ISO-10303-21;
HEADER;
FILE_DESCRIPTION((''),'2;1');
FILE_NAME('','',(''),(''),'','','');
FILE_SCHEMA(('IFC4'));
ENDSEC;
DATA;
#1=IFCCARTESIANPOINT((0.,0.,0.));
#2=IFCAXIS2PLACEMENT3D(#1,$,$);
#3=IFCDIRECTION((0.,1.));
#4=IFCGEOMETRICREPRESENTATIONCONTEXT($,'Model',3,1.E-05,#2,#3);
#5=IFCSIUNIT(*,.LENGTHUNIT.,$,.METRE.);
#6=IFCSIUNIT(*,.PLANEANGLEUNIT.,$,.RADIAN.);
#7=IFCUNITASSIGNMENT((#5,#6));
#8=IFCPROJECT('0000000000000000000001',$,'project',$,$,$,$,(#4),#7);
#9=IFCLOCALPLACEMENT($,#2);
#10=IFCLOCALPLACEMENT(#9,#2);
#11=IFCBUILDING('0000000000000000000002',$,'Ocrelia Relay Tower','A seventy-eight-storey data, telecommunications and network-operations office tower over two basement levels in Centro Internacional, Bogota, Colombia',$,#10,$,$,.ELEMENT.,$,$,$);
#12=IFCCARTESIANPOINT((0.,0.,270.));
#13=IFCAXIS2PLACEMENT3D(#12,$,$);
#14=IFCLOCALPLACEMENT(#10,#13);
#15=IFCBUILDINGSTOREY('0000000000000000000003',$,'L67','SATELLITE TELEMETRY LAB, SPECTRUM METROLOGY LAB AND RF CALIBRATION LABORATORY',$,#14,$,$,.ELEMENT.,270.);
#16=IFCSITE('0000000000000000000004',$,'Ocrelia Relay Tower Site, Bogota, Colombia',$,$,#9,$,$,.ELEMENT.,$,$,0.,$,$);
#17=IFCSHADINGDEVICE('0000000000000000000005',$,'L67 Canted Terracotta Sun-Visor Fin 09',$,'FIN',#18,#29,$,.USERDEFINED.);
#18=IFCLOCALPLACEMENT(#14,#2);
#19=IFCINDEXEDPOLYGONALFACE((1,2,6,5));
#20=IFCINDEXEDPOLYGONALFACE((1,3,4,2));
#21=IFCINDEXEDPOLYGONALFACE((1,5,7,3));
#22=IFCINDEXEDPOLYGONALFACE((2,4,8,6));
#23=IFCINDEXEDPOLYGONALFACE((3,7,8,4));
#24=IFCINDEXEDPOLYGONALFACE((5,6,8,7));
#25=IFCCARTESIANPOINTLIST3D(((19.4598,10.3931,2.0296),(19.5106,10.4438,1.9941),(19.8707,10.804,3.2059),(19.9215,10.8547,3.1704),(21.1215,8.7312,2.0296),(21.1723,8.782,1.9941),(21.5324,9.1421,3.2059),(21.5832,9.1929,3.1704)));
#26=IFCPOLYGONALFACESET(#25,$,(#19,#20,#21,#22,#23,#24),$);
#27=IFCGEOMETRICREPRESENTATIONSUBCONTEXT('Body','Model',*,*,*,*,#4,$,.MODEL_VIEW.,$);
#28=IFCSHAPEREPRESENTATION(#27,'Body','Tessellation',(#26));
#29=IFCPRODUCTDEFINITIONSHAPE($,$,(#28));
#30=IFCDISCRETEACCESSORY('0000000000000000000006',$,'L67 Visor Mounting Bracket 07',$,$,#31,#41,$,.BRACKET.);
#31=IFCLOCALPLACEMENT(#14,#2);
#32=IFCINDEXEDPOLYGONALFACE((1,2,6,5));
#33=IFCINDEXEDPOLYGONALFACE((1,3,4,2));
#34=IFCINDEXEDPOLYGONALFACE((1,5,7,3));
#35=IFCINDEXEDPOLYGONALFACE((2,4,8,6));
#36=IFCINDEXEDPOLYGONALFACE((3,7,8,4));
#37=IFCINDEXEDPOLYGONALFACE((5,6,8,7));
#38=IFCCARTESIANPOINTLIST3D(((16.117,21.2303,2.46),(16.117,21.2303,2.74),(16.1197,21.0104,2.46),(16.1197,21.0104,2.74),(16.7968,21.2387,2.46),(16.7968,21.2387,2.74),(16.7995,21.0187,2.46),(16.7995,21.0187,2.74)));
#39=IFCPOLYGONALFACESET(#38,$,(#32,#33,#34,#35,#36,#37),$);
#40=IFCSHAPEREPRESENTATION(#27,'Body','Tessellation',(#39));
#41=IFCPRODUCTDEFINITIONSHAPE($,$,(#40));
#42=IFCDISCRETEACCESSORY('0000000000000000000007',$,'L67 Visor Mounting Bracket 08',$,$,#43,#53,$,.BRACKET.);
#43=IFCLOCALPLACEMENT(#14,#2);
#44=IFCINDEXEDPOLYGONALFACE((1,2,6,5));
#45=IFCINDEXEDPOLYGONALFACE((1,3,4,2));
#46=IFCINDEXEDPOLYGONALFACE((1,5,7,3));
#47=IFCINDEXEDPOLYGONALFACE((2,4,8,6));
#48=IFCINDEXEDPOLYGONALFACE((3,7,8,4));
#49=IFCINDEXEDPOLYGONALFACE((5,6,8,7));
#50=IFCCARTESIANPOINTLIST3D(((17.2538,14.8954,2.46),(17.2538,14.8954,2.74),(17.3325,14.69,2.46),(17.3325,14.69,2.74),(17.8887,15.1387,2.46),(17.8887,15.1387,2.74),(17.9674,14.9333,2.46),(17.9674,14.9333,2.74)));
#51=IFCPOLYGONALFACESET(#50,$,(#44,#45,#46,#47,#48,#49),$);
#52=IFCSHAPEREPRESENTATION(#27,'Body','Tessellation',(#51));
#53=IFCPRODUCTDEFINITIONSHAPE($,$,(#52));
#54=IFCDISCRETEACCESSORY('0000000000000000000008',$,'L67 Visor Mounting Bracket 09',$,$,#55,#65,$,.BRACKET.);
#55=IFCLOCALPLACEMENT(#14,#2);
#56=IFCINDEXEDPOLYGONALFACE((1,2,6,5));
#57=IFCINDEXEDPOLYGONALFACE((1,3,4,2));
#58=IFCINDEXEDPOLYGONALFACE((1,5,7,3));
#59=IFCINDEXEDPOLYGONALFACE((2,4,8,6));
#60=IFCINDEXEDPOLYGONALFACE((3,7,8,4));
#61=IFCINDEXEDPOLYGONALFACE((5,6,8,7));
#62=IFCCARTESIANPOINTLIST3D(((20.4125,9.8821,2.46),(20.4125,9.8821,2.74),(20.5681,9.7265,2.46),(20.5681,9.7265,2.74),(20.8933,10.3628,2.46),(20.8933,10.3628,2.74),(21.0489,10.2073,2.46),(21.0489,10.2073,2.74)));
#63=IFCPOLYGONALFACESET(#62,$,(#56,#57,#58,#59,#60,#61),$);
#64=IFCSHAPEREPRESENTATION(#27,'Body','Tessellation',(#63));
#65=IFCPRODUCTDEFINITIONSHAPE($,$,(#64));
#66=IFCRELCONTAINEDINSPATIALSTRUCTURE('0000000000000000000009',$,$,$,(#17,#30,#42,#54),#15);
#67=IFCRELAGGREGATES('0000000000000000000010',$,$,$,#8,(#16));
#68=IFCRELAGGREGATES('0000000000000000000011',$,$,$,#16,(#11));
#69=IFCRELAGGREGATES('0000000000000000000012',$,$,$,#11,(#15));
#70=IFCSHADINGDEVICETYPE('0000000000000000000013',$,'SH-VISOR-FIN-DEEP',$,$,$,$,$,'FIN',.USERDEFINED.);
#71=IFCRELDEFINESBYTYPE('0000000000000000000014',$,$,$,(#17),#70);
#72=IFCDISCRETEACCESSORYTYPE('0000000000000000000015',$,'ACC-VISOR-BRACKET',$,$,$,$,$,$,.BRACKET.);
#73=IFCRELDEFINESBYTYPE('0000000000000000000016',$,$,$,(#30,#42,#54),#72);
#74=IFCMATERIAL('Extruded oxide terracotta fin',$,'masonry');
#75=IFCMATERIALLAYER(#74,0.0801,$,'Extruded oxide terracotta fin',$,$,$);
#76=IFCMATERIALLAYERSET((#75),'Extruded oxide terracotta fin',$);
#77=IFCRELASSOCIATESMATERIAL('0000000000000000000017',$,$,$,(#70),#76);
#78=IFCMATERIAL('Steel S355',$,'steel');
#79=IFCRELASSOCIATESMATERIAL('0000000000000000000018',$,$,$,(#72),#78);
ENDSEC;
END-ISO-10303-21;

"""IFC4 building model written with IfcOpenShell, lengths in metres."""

from ifc_helpers import new_model, si_unit, direction, frame, origin, origin_2d, place, context, subcontext, project, spatial, rectangle, extrude, material, layer, layer_set, type_object, element, save


model = new_model("IFC4")

# Units and contexts
model_context = context("Model", 3, precision=1e-05, world=origin(), true_north=direction((0.0, 1.0)))
body_context = subcontext(model_context, "Body", "Model", "MODEL_VIEW")
ifc_project = project(units=[si_unit("LENGTHUNIT", "METRE"), si_unit("PLANEANGLEUNIT", "RADIAN")], contexts=[model_context])

# Site, building, storey
site_placement = place(None, origin())
site = spatial("IfcSite", under=ifc_project, at=site_placement, Name="Ocrelia Relay Tower Site, Bogota, Colombia", CompositionType="ELEMENT", RefElevation=0.0)
building_placement = place(site_placement, origin())
building = spatial("IfcBuilding", under=site, at=building_placement, Name="Ocrelia Relay Tower", Description="A seventy-eight-storey data, telecommunications and network-operations office tower over two basement levels in Centro Internacional, Bogota, Colombia", CompositionType="ELEMENT")
storey_placement = place(building_placement, frame((0.0, 0.0, 270.0)))
storey = spatial("IfcBuildingStorey", under=building, at=storey_placement, Name="L67", Description="SATELLITE TELEMETRY LAB, SPECTRUM METROLOGY LAB AND RF CALIBRATION LABORATORY", CompositionType="ELEMENT", Elevation=270.0)

# Shared definitions
ifc_material_1 = material(Name="Steel S355", Category="steel")

# Shading device
ifc_material_2 = material(Name="Extruded oxide terracotta fin", Category="masonry")
ifc_layer_1 = layer(ifc_material_2, 0.0801, Name="Extruded oxide terracotta fin")
ifc_layer_set_1 = layer_set([ifc_layer_1], Name="Extruded oxide terracotta fin")
shading_device_type_1 = type_object("IfcShadingDeviceType", Name="SH-VISOR-FIN-DEEP", ElementType="FIN", PredefinedType="USERDEFINED", material=ifc_layer_set_1)
shading_device_1_placement = place(storey_placement, frame((20.5469, 9.8184, 2.5823), z_axis=(-0.63399, -0.633943, 0.442915), x_axis=(0.70708, -0.707133, 0.0)))
element("IfcShadingDevice", 1, at=shading_device_1_placement, inside=storey, type_object=shading_device_type_1, Name="L67 Canted Terracotta Sun-Visor Fin 09", ObjectType="FIN", PredefinedType="USERDEFINED", context=body_context, shape_type="SweptSolid", body=[
    extrude(rectangle(XDim=2.3501, YDim=1.312, at=origin_2d()), origin(), (0.0, 0.0, 1.0), 0.0801),
])

# Discrete accessories
discrete_accessory_type = type_object("IfcDiscreteAccessoryType", Name="ACC-VISOR-BRACKET", PredefinedType="BRACKET", material=ifc_material_1)
for number, where, z_axis, x_axis, name in (
    (2, (16.4583, 21.1245, 2.46), (0.0, 0.0, 1.0), (0.012283, -0.999925, 0.0), "L67 Visor Mounting Bracket 07"),
    (3, (17.6106, 14.9143, 2.46), (0.0, 0.0, 1.0), (0.357841, -0.933782, 0.0), "L67 Visor Mounting Bracket 08"),
    (4, (20.7307, 10.0447, 2.46), (0.0, 0.0, 1.0), (0.70708, -0.707133, 0.0), "L67 Visor Mounting Bracket 09"),
):
    element("IfcDiscreteAccessory", number, at=place(storey_placement, frame(where, z_axis=z_axis, x_axis=x_axis)), inside=storey, type_object=discrete_accessory_type, Name=name, PredefinedType="BRACKET", context=body_context, shape_type="SweptSolid", body=[
        extrude(rectangle(XDim=0.22, YDim=0.6799, at=origin_2d()), origin(), (0.0, 0.0, 1.0), 0.28),
    ])

save(model, "model.ifc")
